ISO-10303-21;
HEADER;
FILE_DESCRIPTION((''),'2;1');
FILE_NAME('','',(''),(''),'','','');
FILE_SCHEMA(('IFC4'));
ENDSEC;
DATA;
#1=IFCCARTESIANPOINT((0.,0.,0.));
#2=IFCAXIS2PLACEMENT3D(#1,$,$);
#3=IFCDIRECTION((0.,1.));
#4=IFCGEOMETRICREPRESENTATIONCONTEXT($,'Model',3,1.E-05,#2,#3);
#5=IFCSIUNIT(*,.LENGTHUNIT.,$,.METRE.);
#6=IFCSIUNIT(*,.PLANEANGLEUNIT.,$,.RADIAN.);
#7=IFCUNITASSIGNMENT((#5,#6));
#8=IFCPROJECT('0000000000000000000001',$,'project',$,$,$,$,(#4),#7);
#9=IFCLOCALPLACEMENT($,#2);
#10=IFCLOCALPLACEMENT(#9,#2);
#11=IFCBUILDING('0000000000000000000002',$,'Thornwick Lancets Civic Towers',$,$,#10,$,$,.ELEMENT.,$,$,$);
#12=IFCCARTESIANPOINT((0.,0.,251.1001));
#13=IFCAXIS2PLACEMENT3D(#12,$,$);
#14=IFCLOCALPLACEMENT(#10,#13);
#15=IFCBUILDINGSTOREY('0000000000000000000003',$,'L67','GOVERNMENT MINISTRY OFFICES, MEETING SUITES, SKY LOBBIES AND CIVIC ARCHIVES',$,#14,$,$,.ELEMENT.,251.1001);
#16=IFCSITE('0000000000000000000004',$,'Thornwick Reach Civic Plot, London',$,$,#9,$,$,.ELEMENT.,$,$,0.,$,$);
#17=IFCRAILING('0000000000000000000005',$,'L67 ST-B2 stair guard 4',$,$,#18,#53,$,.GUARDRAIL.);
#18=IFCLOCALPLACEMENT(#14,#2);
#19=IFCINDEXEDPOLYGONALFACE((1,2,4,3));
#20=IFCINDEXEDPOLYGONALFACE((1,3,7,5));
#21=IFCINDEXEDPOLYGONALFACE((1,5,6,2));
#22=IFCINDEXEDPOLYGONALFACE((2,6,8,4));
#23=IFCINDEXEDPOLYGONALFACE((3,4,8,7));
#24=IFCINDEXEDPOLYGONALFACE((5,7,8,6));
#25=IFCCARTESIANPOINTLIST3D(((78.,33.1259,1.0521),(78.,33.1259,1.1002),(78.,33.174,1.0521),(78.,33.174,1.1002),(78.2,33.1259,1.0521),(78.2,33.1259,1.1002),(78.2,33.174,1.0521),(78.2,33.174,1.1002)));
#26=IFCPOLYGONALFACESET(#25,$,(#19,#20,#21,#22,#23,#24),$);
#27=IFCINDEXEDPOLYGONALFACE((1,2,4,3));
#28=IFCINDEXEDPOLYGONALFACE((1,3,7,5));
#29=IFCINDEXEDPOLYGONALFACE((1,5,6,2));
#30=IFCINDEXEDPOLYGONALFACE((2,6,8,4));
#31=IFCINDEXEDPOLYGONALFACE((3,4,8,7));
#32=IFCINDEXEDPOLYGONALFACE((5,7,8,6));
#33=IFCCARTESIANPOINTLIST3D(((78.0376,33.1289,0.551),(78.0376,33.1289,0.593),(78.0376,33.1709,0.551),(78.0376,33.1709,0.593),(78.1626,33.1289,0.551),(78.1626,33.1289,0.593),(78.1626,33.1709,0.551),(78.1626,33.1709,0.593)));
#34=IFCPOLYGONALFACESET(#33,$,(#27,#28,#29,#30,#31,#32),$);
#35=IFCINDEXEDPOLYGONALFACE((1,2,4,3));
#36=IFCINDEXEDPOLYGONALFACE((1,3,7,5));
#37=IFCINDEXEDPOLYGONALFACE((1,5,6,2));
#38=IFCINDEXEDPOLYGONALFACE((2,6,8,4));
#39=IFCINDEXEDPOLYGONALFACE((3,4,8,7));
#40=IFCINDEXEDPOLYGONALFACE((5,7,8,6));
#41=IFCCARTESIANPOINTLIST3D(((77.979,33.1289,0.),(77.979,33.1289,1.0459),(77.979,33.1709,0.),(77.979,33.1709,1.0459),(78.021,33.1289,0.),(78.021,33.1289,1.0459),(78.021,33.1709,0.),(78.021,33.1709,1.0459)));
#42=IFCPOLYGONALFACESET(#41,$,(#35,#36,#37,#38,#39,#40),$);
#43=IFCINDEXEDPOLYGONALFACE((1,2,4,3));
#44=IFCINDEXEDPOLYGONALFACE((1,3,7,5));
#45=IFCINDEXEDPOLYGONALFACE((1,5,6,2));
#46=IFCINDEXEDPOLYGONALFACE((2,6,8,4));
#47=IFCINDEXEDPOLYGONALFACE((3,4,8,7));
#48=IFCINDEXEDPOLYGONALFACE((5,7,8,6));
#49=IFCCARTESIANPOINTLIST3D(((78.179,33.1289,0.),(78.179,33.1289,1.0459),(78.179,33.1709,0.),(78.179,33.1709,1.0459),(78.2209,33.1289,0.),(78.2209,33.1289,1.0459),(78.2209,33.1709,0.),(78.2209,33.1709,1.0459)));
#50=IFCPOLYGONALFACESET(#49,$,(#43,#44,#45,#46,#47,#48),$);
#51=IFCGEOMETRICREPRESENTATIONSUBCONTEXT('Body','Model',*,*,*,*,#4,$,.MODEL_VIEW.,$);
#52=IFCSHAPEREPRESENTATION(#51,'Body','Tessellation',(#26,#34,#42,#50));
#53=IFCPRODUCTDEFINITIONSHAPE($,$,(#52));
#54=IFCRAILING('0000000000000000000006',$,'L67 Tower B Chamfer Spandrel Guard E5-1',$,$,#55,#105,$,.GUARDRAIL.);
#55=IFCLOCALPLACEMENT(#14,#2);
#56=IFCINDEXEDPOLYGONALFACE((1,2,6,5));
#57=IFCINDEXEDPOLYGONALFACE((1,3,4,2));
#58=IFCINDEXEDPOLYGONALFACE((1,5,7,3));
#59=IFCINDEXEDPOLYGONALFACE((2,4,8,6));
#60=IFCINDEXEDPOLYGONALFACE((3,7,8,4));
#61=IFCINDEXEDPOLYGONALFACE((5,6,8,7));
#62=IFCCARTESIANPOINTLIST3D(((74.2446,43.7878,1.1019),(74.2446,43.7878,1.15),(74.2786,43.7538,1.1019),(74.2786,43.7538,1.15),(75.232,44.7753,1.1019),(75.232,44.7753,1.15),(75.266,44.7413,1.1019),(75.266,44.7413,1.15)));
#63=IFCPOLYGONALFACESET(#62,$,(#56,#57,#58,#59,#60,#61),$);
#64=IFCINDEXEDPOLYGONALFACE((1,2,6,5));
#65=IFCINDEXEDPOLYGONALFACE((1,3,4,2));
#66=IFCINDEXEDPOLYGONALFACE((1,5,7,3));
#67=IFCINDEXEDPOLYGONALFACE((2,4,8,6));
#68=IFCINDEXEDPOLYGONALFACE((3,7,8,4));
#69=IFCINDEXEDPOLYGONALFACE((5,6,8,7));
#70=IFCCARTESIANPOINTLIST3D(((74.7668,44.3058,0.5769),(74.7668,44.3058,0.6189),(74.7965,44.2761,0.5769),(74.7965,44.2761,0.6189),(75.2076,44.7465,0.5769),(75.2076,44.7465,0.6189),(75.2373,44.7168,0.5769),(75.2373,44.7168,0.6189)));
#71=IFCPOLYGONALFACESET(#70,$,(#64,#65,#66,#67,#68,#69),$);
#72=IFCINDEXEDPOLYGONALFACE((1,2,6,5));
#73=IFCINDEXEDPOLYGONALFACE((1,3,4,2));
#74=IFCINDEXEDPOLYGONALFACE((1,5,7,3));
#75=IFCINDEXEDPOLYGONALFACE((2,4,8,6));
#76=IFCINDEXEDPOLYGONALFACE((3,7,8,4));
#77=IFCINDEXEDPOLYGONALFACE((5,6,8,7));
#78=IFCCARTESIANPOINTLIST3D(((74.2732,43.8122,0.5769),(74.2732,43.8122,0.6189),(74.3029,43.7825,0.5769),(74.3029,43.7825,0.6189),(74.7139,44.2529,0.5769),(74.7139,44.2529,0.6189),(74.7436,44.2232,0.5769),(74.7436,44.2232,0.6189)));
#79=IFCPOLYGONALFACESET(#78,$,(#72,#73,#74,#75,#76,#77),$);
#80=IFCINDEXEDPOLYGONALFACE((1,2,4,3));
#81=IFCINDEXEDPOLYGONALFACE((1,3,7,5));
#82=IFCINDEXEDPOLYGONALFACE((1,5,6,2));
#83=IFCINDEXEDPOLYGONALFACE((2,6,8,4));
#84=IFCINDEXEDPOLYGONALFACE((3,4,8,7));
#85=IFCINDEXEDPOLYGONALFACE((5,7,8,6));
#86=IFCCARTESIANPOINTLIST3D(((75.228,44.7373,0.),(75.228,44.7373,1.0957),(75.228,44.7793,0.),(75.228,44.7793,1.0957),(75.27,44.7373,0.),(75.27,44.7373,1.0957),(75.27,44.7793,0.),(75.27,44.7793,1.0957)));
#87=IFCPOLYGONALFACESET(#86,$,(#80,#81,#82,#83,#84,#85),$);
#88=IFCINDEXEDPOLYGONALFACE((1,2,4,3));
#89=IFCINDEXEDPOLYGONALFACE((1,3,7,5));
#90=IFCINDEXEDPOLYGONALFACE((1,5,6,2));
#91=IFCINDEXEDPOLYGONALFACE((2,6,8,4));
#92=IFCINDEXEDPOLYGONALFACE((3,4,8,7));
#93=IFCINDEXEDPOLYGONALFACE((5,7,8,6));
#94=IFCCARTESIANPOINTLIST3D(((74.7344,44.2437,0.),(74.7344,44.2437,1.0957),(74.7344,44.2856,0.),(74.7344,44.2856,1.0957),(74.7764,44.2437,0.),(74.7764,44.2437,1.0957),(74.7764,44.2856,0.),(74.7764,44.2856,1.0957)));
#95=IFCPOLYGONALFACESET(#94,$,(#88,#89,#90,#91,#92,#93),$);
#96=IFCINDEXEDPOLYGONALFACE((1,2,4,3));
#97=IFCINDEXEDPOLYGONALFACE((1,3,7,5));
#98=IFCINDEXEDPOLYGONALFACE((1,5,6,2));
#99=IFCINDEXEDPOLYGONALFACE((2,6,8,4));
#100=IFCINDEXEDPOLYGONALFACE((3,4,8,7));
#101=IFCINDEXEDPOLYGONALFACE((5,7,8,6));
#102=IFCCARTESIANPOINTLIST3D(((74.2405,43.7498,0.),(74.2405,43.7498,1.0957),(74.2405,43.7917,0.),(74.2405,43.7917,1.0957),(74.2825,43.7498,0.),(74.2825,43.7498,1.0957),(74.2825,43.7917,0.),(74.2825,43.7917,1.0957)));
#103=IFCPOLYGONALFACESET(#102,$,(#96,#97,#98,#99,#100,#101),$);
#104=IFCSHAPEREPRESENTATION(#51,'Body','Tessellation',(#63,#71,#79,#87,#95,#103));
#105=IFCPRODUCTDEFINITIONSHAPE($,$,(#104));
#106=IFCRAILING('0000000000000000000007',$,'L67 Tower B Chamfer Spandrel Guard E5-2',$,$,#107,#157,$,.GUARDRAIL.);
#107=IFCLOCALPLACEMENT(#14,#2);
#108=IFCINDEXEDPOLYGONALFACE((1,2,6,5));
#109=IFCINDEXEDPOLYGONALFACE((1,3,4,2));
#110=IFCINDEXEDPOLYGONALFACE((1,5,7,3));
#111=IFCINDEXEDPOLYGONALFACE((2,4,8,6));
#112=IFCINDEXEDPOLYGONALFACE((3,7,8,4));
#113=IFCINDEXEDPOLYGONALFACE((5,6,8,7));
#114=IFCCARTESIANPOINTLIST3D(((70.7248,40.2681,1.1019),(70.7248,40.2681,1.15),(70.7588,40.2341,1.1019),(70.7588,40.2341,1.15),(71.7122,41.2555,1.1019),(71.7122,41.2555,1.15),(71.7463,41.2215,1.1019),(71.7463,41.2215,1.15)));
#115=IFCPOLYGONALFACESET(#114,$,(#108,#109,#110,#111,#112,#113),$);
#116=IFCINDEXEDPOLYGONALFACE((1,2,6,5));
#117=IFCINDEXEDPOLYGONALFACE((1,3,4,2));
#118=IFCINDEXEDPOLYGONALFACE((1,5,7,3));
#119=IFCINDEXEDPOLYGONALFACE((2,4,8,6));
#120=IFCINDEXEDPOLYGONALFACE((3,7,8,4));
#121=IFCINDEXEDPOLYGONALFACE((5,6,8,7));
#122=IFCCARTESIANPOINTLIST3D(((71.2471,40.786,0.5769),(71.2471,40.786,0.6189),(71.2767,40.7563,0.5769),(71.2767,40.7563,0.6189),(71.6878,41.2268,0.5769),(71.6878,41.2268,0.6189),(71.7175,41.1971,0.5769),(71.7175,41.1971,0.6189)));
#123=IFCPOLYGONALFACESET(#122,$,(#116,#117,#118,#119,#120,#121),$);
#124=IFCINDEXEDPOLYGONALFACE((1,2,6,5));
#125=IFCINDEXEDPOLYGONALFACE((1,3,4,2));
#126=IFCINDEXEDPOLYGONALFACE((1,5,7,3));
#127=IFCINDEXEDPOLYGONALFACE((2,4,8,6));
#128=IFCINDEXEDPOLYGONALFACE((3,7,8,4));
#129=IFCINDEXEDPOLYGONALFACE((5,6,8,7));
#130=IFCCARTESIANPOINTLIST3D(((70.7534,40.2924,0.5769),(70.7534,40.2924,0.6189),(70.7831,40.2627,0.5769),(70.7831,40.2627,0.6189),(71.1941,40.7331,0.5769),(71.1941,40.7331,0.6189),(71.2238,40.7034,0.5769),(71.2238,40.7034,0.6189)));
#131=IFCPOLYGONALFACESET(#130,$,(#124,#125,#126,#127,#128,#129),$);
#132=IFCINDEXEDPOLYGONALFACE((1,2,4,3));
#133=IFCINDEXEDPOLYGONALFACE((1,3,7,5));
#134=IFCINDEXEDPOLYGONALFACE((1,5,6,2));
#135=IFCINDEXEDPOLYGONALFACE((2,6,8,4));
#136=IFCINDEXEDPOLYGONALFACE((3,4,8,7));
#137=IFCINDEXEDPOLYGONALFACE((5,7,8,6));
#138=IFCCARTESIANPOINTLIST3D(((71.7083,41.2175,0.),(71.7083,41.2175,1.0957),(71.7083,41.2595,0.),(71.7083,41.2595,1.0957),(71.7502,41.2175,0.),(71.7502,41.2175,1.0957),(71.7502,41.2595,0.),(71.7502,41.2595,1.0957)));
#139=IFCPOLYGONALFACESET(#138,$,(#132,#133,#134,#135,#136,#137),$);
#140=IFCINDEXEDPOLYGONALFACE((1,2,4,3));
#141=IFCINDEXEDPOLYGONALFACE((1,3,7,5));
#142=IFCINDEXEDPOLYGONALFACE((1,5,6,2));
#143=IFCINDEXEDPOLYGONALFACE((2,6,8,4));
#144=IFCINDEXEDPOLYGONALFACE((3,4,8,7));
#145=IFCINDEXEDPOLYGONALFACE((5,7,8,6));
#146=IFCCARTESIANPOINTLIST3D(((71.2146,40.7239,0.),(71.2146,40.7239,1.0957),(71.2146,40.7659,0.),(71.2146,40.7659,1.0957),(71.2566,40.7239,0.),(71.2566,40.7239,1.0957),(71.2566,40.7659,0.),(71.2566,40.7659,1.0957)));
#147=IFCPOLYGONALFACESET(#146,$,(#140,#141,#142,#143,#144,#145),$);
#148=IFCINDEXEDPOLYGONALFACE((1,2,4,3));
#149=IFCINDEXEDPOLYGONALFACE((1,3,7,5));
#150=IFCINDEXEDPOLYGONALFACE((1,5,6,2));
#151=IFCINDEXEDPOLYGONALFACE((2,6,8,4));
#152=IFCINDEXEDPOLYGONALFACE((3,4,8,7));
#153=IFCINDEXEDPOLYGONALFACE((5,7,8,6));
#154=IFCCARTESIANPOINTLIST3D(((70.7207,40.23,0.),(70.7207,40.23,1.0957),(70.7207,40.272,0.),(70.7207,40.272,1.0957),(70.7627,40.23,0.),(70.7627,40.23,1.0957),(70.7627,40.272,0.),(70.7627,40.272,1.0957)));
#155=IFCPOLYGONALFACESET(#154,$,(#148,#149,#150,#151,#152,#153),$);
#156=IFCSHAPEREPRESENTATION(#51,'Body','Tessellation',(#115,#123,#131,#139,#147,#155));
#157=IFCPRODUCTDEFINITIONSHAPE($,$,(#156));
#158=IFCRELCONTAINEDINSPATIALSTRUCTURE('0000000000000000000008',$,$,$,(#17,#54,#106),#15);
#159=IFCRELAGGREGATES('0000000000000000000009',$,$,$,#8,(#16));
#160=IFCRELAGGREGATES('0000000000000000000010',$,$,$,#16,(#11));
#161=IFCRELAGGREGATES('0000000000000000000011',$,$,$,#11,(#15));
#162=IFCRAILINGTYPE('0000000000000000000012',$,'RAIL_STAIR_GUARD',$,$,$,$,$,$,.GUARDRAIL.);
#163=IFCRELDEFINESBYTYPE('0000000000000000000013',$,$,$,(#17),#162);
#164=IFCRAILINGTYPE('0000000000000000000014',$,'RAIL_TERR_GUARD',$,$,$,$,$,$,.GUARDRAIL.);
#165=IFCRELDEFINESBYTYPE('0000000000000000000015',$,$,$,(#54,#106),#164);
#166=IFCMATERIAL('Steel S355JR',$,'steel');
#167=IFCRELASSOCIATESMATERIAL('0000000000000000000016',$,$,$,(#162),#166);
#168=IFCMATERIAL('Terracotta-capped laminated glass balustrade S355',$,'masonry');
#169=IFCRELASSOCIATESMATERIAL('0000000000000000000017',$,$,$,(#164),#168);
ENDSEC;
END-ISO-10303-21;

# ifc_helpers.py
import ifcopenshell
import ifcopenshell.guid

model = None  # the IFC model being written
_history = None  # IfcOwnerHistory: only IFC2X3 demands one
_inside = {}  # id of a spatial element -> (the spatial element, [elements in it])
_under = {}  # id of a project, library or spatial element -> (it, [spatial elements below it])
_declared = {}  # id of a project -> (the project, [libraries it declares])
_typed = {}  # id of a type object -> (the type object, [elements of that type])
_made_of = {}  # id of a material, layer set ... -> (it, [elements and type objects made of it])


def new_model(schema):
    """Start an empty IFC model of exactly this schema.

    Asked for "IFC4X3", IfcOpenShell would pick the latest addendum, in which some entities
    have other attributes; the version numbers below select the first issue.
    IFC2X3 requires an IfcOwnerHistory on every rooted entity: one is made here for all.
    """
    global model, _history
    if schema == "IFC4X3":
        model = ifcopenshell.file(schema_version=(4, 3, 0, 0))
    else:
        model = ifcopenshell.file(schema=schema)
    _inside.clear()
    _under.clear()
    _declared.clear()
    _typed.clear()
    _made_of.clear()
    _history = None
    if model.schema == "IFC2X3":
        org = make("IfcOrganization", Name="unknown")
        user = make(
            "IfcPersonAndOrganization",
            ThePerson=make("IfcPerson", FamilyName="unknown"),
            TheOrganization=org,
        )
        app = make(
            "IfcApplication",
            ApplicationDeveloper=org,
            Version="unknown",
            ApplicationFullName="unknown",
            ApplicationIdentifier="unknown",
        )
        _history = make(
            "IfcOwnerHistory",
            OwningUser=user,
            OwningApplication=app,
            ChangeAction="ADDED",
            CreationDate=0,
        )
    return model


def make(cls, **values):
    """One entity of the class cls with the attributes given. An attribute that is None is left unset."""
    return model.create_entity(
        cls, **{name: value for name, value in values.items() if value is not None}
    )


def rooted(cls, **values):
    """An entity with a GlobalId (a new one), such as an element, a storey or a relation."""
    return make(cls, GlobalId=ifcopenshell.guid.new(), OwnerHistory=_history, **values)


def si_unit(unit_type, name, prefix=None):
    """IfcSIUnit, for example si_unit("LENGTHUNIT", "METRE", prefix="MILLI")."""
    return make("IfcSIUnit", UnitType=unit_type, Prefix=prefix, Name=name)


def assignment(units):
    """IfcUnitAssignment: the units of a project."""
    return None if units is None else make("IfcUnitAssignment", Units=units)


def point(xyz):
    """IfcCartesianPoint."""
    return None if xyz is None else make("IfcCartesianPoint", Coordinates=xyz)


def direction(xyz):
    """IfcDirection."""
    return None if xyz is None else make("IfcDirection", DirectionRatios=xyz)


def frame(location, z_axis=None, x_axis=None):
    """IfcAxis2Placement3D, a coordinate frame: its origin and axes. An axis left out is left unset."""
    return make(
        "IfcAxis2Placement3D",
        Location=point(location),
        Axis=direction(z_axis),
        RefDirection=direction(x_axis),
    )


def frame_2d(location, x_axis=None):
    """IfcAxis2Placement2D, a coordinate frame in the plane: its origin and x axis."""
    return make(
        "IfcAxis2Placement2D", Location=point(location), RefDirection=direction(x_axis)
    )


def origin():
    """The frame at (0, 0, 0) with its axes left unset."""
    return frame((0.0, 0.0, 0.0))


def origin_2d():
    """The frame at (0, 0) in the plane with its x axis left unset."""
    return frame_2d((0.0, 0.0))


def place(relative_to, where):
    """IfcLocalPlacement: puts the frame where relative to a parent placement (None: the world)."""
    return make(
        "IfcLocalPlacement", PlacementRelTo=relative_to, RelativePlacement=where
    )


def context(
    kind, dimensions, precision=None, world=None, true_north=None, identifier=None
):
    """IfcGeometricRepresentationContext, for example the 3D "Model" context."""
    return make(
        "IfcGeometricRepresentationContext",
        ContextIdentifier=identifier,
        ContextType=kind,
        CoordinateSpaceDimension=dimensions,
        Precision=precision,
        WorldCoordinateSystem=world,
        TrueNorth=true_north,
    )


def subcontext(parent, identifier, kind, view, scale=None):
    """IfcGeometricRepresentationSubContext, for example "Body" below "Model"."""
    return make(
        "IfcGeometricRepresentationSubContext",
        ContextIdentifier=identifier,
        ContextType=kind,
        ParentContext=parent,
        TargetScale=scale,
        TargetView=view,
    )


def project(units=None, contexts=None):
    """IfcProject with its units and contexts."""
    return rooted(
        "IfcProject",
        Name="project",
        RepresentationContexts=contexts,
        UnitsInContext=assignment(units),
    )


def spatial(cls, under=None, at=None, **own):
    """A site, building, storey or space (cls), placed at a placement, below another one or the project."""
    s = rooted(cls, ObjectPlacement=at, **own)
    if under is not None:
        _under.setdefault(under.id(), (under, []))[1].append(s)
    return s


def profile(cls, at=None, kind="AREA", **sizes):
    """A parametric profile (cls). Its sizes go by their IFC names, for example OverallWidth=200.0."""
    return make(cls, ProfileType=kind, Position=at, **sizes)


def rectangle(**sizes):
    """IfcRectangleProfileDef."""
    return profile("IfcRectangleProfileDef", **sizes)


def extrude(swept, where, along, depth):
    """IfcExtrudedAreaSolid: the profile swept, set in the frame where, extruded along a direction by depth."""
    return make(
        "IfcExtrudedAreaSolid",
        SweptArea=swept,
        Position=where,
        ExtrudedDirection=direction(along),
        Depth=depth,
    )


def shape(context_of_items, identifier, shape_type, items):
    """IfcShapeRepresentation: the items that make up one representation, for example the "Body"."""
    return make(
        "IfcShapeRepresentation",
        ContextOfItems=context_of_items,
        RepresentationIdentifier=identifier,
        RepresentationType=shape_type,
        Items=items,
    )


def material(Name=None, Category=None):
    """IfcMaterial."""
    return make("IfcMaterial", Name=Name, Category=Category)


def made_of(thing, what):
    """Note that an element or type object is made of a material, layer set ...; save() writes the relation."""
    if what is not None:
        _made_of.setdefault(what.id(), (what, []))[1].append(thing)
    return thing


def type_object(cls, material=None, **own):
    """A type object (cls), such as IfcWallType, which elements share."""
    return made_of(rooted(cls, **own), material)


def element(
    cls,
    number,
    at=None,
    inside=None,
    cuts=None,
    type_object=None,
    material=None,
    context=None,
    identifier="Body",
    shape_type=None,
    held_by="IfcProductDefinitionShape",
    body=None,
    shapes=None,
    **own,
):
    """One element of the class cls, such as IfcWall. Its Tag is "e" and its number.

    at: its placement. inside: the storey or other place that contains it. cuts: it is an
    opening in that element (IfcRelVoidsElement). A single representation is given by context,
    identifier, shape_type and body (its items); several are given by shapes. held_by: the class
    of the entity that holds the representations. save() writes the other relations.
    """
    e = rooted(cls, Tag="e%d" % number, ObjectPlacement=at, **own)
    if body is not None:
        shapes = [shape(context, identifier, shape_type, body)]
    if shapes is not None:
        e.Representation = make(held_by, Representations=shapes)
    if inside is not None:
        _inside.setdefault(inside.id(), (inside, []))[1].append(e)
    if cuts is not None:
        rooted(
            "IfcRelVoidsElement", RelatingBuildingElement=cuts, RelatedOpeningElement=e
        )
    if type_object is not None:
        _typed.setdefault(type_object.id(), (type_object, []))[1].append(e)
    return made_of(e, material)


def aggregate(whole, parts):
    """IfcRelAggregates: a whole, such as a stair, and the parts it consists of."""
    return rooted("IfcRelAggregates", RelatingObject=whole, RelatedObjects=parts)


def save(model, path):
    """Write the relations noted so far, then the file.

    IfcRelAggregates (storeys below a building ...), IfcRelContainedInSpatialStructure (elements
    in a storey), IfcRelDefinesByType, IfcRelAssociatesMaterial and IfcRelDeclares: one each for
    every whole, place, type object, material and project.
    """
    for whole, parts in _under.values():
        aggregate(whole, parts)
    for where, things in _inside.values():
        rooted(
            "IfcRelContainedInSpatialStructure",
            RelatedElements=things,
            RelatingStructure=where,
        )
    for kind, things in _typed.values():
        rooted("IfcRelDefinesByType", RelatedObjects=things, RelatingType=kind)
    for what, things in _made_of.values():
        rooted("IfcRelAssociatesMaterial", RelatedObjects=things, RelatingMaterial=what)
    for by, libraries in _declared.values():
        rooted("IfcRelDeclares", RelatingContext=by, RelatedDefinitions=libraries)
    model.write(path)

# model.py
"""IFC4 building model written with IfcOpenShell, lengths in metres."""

from ifc_helpers import new_model, si_unit, direction, frame, origin, origin_2d, place, context, subcontext, project, spatial, rectangle, extrude, material, type_object, element, save


model = new_model("IFC4")

# Units and contexts
model_context = context("Model", 3, precision=1e-05, world=origin(), true_north=direction((0.0, 1.0)))
body_context = subcontext(model_context, "Body", "Model", "MODEL_VIEW")
ifc_project = project(units=[si_unit("LENGTHUNIT", "METRE"), si_unit("PLANEANGLEUNIT", "RADIAN")], contexts=[model_context])

# Site, building, storey
site_placement = place(None, origin())
site = spatial("IfcSite", under=ifc_project, at=site_placement, Name="Thornwick Reach Civic Plot, London", CompositionType="ELEMENT", RefElevation=0.0)
building_placement = place(site_placement, origin())
building = spatial("IfcBuilding", under=site, at=building_placement, Name="Thornwick Lancets Civic Towers", CompositionType="ELEMENT")
storey_placement = place(building_placement, frame((0.0, 0.0, 251.1001)))
storey = spatial("IfcBuildingStorey", under=building, at=storey_placement, Name="L67", Description="GOVERNMENT MINISTRY OFFICES, MEETING SUITES, SKY LOBBIES AND CIVIC ARCHIVES", CompositionType="ELEMENT", Elevation=251.1001)

# Shared definitions
ifc_material_1 = material(Name="Steel S355JR", Category="steel")

# Railings
railing_type_1 = type_object("IfcRailingType", Name="RAIL_STAIR_GUARD", PredefinedType="GUARDRAIL", material=ifc_material_1)
railing_1_placement = place(storey_placement, frame((78.0, 33.1499, 0.0)))
element("IfcRailing", 1, at=railing_1_placement, inside=storey, type_object=railing_type_1, Name="L67 ST-B2 stair guard 4", PredefinedType="GUARDRAIL", context=body_context, shape_type="SweptSolid", body=[
    extrude(rectangle(XDim=0.0481, YDim=0.0481, at=origin_2d()), frame((0.0, 0.0, 1.0762), z_axis=(1.0, 0.0, 0.0), x_axis=(0.0, 1.0, 0.0)), (0.0, 0.0, 1.0), 0.2),
    extrude(rectangle(XDim=0.042, YDim=0.042, at=origin_2d()), frame((0.0376, 0.0, 0.572), z_axis=(1.0, 0.0, 0.0), x_axis=(0.0, 1.0, 0.0)), (0.0, 0.0, 1.0), 0.125),
    extrude(rectangle(XDim=0.042, YDim=0.042, at=origin_2d()), origin(), (0.0, 0.0, 1.0), 1.0459),
    extrude(rectangle(XDim=0.042, YDim=0.042, at=origin_2d()), frame((0.2, 0.0, 0.0)), (0.0, 0.0, 1.0), 1.0459),
])
ifc_material_2 = material(Name="Terracotta-capped laminated glass balustrade S355", Category="masonry")
railing_type_2 = type_object("IfcRailingType", Name="RAIL_TERR_GUARD", PredefinedType="GUARDRAIL", material=ifc_material_2)
for number, where, name in (
    (2, (75.249, 44.7583, 0.0), "L67 Tower B Chamfer Spandrel Guard E5-1"),
    (3, (71.7292, 41.2385, 0.0), "L67 Tower B Chamfer Spandrel Guard E5-2"),
):
    element("IfcRailing", number, at=place(storey_placement, frame(where)), inside=storey, type_object=railing_type_2, Name=name, PredefinedType="GUARDRAIL", context=body_context, shape_type="SweptSolid", body=[
        extrude(rectangle(XDim=0.0481, YDim=0.0481, at=origin_2d()), frame((0.0, 0.0, 1.126), z_axis=(-0.707107, -0.707107, 0.0), x_axis=(0.707107, -0.707107, 0.0)), (0.0, 0.0, 1.0), 1.3965),
        extrude(rectangle(XDim=0.042, YDim=0.042, at=origin_2d()), frame((-0.0266, -0.0266, 0.5979), z_axis=(-0.707107, -0.707107, 0.0), x_axis=(0.707107, -0.707107, 0.0)), (0.0, 0.0, 1.0), 0.6233),
        extrude(rectangle(XDim=0.042, YDim=0.042, at=origin_2d()), frame((-0.5203, -0.5203, 0.5979), z_axis=(-0.707107, -0.707107, 0.0), x_axis=(0.707107, -0.707107, 0.0)), (0.0, 0.0, 1.0), 0.6233),
        extrude(rectangle(XDim=0.042, YDim=0.042, at=origin_2d()), origin(), (0.0, 0.0, 1.0), 1.0957),
        extrude(rectangle(XDim=0.042, YDim=0.042, at=origin_2d()), frame((-0.4937, -0.4937, 0.0)), (0.0, 0.0, 1.0), 1.0957),
        extrude(rectangle(XDim=0.042, YDim=0.042, at=origin_2d()), frame((-0.9875, -0.9875, 0.0)), (0.0, 0.0, 1.0), 1.0957),
    ])

save(model, "model.ifc")
